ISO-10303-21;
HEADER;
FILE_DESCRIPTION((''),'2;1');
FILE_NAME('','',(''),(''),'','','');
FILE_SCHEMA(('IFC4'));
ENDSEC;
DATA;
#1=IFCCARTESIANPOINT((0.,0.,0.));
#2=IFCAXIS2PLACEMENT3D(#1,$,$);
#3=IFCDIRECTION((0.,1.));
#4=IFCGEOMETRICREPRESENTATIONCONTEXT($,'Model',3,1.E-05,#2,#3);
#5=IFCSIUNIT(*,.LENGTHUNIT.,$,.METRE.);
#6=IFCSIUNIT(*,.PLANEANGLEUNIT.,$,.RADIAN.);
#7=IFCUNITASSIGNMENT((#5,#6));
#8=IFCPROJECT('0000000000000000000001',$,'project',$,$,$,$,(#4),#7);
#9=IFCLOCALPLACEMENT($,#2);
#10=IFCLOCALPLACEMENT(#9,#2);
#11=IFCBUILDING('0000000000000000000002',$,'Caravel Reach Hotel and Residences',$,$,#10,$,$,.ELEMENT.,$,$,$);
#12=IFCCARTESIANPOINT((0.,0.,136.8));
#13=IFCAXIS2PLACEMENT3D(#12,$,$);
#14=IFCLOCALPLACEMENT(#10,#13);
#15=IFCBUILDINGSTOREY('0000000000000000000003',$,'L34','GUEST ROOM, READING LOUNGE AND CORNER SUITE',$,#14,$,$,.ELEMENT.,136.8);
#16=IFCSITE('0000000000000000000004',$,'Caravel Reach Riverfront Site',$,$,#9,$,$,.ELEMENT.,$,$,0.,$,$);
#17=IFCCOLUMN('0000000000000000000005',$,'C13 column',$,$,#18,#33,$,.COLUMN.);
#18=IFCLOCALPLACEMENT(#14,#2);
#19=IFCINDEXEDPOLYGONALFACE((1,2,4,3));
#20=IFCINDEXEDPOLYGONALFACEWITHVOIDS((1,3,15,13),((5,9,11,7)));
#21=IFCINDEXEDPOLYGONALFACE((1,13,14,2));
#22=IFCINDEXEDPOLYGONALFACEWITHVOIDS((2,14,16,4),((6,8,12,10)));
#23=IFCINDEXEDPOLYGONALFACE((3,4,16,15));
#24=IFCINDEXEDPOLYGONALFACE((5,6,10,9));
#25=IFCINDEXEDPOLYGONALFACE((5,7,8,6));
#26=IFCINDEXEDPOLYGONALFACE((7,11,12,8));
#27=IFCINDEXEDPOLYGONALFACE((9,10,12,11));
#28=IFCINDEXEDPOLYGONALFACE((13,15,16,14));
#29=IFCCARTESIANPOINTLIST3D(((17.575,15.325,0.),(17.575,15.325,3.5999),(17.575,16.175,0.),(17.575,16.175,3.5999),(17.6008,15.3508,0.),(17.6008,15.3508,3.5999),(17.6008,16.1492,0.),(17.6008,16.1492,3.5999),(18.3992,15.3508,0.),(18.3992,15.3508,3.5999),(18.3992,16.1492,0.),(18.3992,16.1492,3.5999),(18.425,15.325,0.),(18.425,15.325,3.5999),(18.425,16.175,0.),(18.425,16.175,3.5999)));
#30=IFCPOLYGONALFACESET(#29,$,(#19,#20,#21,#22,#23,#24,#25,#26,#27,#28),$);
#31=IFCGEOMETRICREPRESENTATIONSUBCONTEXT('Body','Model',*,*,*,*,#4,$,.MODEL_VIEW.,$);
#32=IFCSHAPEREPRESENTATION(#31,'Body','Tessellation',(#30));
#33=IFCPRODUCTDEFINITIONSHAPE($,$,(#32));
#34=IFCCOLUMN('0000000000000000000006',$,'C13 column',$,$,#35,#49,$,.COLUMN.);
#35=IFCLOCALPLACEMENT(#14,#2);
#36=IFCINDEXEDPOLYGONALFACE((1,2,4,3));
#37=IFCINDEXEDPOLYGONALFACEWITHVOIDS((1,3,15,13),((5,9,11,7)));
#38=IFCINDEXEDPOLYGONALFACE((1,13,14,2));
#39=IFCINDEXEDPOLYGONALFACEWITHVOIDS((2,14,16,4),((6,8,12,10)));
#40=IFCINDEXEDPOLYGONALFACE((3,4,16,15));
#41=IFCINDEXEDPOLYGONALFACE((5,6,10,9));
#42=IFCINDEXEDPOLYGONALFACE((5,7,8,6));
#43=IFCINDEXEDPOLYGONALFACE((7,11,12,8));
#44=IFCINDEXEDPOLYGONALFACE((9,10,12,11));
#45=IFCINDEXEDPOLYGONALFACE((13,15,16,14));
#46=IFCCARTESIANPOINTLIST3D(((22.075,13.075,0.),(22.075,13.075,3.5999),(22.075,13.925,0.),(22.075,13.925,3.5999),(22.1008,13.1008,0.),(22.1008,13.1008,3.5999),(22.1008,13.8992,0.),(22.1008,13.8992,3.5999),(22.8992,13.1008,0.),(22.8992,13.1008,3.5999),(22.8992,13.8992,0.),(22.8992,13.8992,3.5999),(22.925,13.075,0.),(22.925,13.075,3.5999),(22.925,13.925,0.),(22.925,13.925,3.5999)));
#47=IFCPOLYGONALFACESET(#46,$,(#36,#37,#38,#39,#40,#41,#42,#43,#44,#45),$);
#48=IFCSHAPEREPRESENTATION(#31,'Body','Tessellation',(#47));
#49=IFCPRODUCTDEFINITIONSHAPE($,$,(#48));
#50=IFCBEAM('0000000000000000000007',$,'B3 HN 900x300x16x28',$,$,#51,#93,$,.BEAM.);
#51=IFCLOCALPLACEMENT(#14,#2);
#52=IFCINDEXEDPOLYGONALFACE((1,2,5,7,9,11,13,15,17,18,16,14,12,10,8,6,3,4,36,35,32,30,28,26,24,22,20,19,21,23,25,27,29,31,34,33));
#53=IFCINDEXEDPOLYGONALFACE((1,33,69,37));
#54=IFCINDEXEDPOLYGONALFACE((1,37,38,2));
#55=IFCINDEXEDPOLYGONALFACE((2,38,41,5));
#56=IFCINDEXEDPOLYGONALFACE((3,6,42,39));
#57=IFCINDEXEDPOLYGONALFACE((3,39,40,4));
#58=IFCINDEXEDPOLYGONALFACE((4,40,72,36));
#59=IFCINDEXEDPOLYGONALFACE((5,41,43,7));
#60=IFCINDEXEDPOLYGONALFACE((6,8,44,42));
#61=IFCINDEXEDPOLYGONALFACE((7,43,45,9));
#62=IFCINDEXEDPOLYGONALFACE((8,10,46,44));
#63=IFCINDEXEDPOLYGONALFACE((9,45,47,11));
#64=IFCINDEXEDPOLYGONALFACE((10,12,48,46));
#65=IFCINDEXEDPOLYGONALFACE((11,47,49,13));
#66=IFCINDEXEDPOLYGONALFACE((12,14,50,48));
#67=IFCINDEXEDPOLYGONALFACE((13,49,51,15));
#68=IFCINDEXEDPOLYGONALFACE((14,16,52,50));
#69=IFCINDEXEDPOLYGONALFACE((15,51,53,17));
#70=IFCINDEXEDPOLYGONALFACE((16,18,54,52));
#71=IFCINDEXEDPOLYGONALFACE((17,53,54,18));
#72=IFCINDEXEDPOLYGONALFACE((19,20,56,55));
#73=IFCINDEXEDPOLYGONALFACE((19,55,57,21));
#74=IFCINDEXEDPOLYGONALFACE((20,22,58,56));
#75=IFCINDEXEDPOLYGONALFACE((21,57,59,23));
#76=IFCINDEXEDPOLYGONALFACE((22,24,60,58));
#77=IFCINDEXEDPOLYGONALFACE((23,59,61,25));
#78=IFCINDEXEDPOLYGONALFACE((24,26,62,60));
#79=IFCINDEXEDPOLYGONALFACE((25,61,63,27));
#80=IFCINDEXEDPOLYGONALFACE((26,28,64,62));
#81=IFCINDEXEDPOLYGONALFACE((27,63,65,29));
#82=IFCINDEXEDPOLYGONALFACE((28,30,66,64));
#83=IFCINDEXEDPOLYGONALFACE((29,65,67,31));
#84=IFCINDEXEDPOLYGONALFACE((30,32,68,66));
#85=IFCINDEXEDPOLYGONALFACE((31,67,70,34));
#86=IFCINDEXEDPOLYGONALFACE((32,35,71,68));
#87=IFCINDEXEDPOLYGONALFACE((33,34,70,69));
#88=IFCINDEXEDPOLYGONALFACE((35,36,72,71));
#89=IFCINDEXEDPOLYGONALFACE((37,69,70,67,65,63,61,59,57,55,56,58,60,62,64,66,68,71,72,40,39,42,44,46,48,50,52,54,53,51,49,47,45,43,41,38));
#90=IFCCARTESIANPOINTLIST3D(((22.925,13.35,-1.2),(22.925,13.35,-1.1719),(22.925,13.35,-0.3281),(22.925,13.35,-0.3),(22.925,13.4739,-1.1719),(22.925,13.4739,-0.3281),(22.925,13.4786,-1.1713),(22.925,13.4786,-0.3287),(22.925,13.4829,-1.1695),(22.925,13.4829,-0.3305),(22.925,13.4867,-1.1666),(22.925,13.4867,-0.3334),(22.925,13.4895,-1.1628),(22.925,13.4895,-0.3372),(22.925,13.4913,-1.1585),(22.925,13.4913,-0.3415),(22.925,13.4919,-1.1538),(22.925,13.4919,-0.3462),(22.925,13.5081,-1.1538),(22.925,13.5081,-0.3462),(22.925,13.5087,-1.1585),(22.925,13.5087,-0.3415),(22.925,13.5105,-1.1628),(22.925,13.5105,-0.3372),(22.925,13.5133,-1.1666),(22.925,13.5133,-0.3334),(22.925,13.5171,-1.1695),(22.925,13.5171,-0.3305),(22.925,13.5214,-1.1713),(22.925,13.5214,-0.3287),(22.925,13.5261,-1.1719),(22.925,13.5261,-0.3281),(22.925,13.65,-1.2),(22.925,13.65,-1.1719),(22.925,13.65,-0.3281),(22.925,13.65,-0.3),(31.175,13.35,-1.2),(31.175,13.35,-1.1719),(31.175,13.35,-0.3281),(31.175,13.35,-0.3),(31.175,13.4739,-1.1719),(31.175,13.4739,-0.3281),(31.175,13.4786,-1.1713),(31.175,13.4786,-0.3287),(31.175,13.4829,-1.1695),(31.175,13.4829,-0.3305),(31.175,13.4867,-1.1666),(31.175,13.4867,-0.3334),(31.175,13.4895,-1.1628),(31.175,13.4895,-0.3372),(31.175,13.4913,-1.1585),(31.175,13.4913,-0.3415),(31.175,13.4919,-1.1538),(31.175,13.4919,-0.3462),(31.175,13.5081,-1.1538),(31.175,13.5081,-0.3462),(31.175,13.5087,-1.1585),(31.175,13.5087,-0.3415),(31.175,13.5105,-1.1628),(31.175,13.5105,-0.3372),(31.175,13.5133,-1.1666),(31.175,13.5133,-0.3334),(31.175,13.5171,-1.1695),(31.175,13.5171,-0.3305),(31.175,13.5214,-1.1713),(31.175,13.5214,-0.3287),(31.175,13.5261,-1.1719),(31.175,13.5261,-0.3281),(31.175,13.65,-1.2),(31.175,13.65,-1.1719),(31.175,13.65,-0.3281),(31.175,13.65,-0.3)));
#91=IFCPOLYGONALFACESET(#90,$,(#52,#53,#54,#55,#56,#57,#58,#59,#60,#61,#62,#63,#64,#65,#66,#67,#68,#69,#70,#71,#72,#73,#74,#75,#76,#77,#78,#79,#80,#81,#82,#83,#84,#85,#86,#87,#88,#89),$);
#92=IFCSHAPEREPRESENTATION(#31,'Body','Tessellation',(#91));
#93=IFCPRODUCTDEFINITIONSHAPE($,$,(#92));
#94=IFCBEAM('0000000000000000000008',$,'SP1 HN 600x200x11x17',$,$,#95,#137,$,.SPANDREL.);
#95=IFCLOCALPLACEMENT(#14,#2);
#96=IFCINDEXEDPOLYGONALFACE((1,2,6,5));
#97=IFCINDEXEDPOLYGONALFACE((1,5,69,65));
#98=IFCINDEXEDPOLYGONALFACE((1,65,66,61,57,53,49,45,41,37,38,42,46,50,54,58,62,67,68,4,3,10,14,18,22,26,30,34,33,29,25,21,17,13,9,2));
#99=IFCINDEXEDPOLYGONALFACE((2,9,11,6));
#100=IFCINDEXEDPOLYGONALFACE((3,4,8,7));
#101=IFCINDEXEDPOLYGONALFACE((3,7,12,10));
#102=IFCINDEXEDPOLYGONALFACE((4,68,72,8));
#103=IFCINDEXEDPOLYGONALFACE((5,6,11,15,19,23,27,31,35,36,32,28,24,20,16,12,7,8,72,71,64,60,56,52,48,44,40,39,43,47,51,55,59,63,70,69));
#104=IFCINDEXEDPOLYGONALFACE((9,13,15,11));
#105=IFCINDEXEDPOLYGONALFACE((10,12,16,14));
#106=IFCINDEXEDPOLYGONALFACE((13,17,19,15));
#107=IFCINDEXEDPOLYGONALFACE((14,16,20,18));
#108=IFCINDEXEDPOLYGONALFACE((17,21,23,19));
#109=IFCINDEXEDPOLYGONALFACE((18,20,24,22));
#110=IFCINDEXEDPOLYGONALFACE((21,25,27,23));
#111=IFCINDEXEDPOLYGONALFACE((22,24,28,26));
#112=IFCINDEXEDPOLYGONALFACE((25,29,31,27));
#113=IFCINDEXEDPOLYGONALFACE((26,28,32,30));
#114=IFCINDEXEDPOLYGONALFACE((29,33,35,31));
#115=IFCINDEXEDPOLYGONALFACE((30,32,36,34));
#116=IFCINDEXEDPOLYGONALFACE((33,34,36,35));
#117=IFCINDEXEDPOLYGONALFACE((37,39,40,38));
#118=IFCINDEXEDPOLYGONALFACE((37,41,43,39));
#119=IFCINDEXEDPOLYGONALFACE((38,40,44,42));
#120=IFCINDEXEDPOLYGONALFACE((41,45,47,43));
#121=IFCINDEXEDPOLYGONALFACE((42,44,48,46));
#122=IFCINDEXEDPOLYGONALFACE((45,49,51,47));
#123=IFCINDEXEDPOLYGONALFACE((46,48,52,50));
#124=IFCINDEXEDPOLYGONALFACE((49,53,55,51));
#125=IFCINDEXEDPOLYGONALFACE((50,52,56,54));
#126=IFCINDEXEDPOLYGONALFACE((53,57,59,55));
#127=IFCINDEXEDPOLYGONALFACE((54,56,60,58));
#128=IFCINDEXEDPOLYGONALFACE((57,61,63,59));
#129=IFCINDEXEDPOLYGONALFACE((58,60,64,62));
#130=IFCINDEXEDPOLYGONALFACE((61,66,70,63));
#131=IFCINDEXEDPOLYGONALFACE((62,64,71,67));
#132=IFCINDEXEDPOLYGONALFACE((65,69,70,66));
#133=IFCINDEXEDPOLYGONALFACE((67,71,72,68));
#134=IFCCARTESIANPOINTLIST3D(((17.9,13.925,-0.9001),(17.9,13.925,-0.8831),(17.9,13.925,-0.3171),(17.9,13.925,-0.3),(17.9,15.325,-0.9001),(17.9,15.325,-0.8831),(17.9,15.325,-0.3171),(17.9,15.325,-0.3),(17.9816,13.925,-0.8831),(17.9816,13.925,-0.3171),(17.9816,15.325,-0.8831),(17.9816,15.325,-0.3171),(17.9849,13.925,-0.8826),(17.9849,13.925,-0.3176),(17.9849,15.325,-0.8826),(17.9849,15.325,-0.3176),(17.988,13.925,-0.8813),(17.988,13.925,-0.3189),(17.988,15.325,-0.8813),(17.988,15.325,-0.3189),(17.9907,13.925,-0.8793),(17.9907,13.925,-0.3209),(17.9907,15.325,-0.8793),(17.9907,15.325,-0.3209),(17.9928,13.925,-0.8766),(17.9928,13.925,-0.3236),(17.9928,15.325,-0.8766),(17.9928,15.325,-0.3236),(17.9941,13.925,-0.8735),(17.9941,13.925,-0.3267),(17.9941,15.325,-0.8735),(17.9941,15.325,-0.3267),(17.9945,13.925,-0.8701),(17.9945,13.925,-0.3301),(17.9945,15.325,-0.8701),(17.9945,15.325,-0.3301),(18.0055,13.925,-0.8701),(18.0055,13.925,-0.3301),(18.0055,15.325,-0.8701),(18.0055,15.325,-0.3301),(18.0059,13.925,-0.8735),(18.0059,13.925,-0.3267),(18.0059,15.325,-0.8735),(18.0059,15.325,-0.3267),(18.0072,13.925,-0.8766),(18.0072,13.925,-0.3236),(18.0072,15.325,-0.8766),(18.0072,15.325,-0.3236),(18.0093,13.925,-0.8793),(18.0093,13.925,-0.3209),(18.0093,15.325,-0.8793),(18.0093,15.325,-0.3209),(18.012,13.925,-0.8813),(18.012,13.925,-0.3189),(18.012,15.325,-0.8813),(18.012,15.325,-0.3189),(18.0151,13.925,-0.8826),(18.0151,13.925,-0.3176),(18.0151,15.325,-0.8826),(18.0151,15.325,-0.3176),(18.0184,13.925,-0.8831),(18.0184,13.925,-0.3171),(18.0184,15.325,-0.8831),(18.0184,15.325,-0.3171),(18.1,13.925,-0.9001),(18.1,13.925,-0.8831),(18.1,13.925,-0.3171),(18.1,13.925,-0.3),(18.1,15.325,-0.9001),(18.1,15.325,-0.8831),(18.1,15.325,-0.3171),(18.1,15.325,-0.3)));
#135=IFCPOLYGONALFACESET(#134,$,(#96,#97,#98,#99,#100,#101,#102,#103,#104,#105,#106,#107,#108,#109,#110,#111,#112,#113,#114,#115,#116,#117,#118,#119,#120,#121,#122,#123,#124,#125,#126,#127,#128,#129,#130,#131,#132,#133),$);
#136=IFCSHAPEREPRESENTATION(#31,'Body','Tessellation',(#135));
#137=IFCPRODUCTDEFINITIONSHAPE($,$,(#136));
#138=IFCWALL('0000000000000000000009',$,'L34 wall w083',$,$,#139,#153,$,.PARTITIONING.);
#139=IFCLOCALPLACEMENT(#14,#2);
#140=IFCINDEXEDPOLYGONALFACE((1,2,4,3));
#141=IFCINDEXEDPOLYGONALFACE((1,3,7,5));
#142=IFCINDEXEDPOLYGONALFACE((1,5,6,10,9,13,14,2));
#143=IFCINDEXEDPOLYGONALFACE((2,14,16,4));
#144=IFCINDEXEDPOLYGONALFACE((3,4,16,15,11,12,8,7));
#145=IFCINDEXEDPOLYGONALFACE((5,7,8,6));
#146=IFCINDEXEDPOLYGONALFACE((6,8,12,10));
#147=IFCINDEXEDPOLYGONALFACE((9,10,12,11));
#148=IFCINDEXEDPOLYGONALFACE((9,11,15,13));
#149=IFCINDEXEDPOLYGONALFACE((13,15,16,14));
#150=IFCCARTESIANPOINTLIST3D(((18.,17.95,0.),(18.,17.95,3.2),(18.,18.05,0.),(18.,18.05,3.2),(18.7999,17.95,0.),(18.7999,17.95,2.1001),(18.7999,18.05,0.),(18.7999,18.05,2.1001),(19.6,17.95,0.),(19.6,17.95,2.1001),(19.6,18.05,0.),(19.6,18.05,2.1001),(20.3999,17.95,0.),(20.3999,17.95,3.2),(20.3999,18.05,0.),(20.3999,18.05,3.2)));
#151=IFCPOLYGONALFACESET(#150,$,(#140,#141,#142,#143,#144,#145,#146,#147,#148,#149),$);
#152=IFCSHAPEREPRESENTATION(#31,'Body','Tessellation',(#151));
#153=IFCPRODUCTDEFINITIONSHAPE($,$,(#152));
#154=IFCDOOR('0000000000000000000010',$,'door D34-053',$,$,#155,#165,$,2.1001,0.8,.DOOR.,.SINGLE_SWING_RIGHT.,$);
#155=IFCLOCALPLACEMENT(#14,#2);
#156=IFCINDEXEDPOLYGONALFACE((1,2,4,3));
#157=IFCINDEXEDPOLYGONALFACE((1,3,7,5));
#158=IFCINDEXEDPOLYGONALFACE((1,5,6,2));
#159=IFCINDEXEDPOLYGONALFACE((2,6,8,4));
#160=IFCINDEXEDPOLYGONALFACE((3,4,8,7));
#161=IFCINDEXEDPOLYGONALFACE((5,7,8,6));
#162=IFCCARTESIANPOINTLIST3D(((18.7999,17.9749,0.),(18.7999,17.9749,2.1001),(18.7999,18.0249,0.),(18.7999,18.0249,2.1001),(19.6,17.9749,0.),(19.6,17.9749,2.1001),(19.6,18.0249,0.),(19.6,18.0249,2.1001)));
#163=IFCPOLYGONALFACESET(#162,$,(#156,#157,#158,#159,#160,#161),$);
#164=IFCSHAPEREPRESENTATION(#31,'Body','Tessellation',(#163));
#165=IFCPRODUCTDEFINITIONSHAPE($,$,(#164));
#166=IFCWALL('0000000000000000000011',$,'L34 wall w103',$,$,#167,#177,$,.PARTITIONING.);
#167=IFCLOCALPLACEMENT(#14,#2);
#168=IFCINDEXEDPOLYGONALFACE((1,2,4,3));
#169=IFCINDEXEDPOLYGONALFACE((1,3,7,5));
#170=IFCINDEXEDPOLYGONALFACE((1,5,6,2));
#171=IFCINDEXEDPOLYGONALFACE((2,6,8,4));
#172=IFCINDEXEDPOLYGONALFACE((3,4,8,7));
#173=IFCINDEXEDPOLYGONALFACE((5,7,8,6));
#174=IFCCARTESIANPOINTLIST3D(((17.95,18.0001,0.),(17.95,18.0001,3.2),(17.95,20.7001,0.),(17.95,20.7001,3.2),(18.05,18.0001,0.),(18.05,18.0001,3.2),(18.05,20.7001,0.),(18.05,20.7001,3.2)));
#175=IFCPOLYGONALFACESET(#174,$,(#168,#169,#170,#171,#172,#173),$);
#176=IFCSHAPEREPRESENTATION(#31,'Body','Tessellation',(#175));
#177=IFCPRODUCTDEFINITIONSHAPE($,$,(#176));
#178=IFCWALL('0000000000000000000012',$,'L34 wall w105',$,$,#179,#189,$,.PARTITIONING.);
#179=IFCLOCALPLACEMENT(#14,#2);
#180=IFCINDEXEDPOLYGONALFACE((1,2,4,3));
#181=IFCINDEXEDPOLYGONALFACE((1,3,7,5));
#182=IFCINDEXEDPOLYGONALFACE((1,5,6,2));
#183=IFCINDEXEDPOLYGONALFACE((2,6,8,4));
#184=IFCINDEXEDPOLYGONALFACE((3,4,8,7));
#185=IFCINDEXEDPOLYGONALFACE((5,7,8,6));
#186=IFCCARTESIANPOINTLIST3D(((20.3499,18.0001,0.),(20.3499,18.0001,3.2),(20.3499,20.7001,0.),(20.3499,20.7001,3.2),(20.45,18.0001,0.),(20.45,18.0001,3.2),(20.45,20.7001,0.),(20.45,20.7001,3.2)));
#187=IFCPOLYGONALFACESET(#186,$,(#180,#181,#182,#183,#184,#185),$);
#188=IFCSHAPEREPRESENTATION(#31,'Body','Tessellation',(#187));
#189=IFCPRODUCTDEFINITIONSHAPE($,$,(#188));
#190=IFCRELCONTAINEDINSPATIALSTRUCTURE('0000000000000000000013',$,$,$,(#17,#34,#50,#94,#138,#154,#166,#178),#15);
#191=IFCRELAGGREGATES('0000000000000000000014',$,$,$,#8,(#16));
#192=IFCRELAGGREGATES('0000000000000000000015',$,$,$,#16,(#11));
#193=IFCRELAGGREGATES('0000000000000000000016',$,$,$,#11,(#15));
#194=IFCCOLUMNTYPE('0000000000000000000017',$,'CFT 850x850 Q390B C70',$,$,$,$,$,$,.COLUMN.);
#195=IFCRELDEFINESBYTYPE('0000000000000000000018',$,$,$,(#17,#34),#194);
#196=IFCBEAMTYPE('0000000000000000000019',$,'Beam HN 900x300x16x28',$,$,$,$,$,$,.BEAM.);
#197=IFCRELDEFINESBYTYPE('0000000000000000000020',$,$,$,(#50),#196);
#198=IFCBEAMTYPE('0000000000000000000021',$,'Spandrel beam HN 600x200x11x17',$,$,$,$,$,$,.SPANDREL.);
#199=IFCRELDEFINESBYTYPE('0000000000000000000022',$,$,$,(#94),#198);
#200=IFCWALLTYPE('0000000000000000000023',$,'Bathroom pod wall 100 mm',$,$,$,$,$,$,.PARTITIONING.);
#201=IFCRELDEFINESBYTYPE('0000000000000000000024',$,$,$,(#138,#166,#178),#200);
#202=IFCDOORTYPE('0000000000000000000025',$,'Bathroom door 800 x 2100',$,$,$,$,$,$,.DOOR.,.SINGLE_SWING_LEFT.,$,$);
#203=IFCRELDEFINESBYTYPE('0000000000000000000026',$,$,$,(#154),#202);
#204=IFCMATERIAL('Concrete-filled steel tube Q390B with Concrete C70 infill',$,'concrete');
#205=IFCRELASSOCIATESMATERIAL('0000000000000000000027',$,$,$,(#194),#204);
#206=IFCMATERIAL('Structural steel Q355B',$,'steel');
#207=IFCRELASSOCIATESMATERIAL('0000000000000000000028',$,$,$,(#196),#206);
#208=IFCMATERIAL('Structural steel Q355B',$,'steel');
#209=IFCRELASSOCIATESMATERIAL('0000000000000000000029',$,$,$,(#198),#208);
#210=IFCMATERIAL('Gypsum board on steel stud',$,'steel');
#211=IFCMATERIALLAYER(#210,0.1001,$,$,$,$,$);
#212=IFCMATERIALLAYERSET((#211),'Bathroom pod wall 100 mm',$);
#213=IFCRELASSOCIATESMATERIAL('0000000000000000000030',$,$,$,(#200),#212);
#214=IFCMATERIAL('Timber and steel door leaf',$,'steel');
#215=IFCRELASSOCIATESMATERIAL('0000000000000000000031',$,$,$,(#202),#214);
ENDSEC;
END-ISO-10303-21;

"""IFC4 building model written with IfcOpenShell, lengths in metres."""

from ifc_helpers import new_model, si_unit, direction, frame, frame_2d, origin, origin_2d, place, context, subcontext, project, spatial, rectangle, hollow_rectangle, i_section, extrude, material, layer, layer_set, material_profile, profile_set, type_object, element, fill, save


model = new_model("IFC4")

# Units and contexts
model_context = context("Model", 3, precision=1e-05, world=origin(), true_north=direction((0.0, 1.0)))
body_context = subcontext(model_context, "Body", "Model", "MODEL_VIEW")
ifc_project = project(units=[si_unit("LENGTHUNIT", "METRE"), si_unit("PLANEANGLEUNIT", "RADIAN")], contexts=[model_context])

# Site, building, storey
site_placement = place(None, origin())
site = spatial("IfcSite", under=ifc_project, at=site_placement, Name="Caravel Reach Riverfront Site", CompositionType="ELEMENT", RefElevation=0.0)
building_placement = place(site_placement, origin())
building = spatial("IfcBuilding", under=site, at=building_placement, Name="Caravel Reach Hotel and Residences", CompositionType="ELEMENT")
storey_placement = place(building_placement, frame((0.0, 0.0, 136.8)))
storey = spatial("IfcBuildingStorey", under=building, at=storey_placement, Name="L34", Description="GUEST ROOM, READING LOUNGE AND CORNER SUITE", CompositionType="ELEMENT", Elevation=136.8)

# Columns
ifc_material_1 = material(Name="Concrete-filled steel tube Q390B with Concrete C70 infill", Category="concrete")
ifc_material_profile_1 = material_profile(ifc_material_1, hollow_rectangle(XDim=0.8501, YDim=0.8501, WallThickness=0.0259, at=origin_2d()), Name="RHS 850x850x26")
ifc_profile_set_1 = profile_set([ifc_material_profile_1], Name="Concrete-filled steel tube Q390B with Concrete C70 infill")
column_type = type_object("IfcColumnType", Name="CFT 850x850 Q390B C70", PredefinedType="COLUMN", material=ifc_profile_set_1)
for number, where, z_axis, x_axis, name in (
    (1, (18.0, 15.75, 0.0), (0.0, 0.0, 1.0), (1.0, 0.0, 0.0), "C13 column"),
    (2, (22.5, 13.5, 0.0), (0.0, 0.0, 1.0), (1.0, 0.0, 0.0), "C13 column"),
):
    element("IfcColumn", number, at=place(storey_placement, frame(where, z_axis=z_axis, x_axis=x_axis)), inside=storey, type_object=column_type, Name=name, PredefinedType="COLUMN", context=body_context, shape_type="SweptSolid", body=[
        extrude(hollow_rectangle(XDim=0.8501, YDim=0.8501, WallThickness=0.0259, at=origin_2d()), origin(), (0.0, 0.0, 1.0), 3.5999),
    ])

# Beams
ifc_material_2 = material(Name="Structural steel Q355B", Category="steel")
ifc_material_profile_2 = material_profile(ifc_material_2, i_section(OverallWidth=0.3, OverallDepth=0.8999, WebThickness=0.0161, FlangeThickness=0.0281, FilletRadius=0.0181, at=origin_2d()), Name="HN 900x300x16x28")
ifc_profile_set_2 = profile_set([ifc_material_profile_2], Name="Structural steel Q355B")
beam_type_1 = type_object("IfcBeamType", Name="Beam HN 900x300x16x28", PredefinedType="BEAM", material=ifc_profile_set_2)
beam_1_placement = place(storey_placement, frame((22.925, 13.5, -0.75), z_axis=(1.0, 0.0, 0.0), x_axis=(0.0, 1.0, 0.0)))
element("IfcBeam", 3, at=beam_1_placement, inside=storey, type_object=beam_type_1, Name="B3 HN 900x300x16x28", PredefinedType="BEAM", context=body_context, shape_type="SweptSolid", body=[
    extrude(i_section(OverallWidth=0.3, OverallDepth=0.8999, WebThickness=0.0161, FlangeThickness=0.0281, FilletRadius=0.0181, at=origin_2d()), origin(), (0.0, 0.0, 1.0), 8.25),
])
ifc_material_3 = material(Name="Structural steel Q355B", Category="steel")
ifc_material_profile_3 = material_profile(ifc_material_3, i_section(OverallWidth=0.2, OverallDepth=0.6001, WebThickness=0.011, FlangeThickness=0.0171, FilletRadius=0.0129, at=origin_2d()), Name="HN 600x200x11x17")
ifc_profile_set_3 = profile_set([ifc_material_profile_3], Name="Structural steel Q355B")
beam_type_2 = type_object("IfcBeamType", Name="Spandrel beam HN 600x200x11x17", PredefinedType="SPANDREL", material=ifc_profile_set_3)
beam_2_placement = place(storey_placement, frame((18.0, 15.325, -0.6001), z_axis=(0.0, -1.0, 0.0), x_axis=(1.0, 0.0, 0.0)))
element("IfcBeam", 4, at=beam_2_placement, inside=storey, type_object=beam_type_2, Name="SP1 HN 600x200x11x17", PredefinedType="SPANDREL", context=body_context, shape_type="SweptSolid", body=[
    extrude(i_section(OverallWidth=0.2, OverallDepth=0.6001, WebThickness=0.011, FlangeThickness=0.0171, FilletRadius=0.0129, at=origin_2d()), origin(), (0.0, 0.0, 1.0), 1.3999),
])

# Wall, opening, door
ifc_material_4 = material(Name="Gypsum board on steel stud", Category="steel")
ifc_layer_1 = layer(ifc_material_4, 0.1001)
ifc_layer_set_1 = layer_set([ifc_layer_1], Name="Bathroom pod wall 100 mm")
wall_type_1 = type_object("IfcWallType", Name="Bathroom pod wall 100 mm", PredefinedType="PARTITIONING", material=ifc_layer_set_1)
wall_1_placement = place(storey_placement, frame((18.0, 18.0, 0.0), z_axis=(0.0, 0.0, 1.0), x_axis=(1.0, 0.0, 0.0)))
wall_1 = element("IfcWall", 5, at=wall_1_placement, inside=storey, type_object=wall_type_1, Name="L34 wall w083", PredefinedType="PARTITIONING", context=body_context, shape_type="SweptSolid", body=[
    extrude(rectangle(XDim=2.3999, YDim=0.1001, at=frame_2d((1.2, 0.0))), origin(), (0.0, 0.0, 1.0), 3.2),
])
opening_1_placement = place(wall_1_placement, frame((0.8, 0.0, 0.0)))
opening_1 = element("IfcOpeningElement", 6, at=opening_1_placement, cuts=wall_1, PredefinedType="OPENING", context=body_context, shape_type="SweptSolid", body=[
    extrude(rectangle(XDim=0.8, YDim=2.1001, at=frame_2d((0.3999, 1.05))), frame((0.0, 0.0601, 0.0), z_axis=(0.0, -1.0, 0.0), x_axis=(1.0, 0.0, 0.0)), (0.0, 0.0, 1.0), 0.1201),
])
ifc_material_5 = material(Name="Timber and steel door leaf", Category="steel")
door_type_1 = type_object("IfcDoorType", Name="Bathroom door 800 x 2100", OperationType="SINGLE_SWING_LEFT", PredefinedType="DOOR", material=ifc_material_5)
door_1_placement = place(opening_1_placement, origin())
door_1 = element("IfcDoor", 7, at=door_1_placement, inside=storey, type_object=door_type_1, Name="door D34-053", OperationType="SINGLE_SWING_RIGHT", OverallHeight=2.1001, OverallWidth=0.8, PredefinedType="DOOR", context=body_context, shape_type="SweptSolid", body=[
    extrude(rectangle(XDim=0.8, YDim=2.1001, at=frame_2d((0.3999, 1.05))), frame((0.0, 0.0249, 0.0), z_axis=(0.0, -1.0, 0.0), x_axis=(1.0, 0.0, 0.0)), (0.0, 0.0, 1.0), 0.05),
])
fill(opening_1, door_1)

# Walls
for number, where, z_axis, x_axis, name in (
    (8, (18.0, 18.0, 0.0), (0.0, 0.0, 1.0), (0.0, 1.0, 0.0), "L34 wall w103"),
    (9, (20.3999, 18.0, 0.0), (0.0, 0.0, 1.0), (0.0, 1.0, 0.0), "L34 wall w105"),
):
    element("IfcWall", number, at=place(storey_placement, frame(where, z_axis=z_axis, x_axis=x_axis)), inside=storey, type_object=wall_type_1, Name=name, PredefinedType="PARTITIONING", context=body_context, shape_type="SweptSolid", body=[
        extrude(rectangle(XDim=2.7, YDim=0.1001, at=frame_2d((1.3501, 0.0))), origin(), (0.0, 0.0, 1.0), 3.2),
    ])

save(model, "model.ifc")
